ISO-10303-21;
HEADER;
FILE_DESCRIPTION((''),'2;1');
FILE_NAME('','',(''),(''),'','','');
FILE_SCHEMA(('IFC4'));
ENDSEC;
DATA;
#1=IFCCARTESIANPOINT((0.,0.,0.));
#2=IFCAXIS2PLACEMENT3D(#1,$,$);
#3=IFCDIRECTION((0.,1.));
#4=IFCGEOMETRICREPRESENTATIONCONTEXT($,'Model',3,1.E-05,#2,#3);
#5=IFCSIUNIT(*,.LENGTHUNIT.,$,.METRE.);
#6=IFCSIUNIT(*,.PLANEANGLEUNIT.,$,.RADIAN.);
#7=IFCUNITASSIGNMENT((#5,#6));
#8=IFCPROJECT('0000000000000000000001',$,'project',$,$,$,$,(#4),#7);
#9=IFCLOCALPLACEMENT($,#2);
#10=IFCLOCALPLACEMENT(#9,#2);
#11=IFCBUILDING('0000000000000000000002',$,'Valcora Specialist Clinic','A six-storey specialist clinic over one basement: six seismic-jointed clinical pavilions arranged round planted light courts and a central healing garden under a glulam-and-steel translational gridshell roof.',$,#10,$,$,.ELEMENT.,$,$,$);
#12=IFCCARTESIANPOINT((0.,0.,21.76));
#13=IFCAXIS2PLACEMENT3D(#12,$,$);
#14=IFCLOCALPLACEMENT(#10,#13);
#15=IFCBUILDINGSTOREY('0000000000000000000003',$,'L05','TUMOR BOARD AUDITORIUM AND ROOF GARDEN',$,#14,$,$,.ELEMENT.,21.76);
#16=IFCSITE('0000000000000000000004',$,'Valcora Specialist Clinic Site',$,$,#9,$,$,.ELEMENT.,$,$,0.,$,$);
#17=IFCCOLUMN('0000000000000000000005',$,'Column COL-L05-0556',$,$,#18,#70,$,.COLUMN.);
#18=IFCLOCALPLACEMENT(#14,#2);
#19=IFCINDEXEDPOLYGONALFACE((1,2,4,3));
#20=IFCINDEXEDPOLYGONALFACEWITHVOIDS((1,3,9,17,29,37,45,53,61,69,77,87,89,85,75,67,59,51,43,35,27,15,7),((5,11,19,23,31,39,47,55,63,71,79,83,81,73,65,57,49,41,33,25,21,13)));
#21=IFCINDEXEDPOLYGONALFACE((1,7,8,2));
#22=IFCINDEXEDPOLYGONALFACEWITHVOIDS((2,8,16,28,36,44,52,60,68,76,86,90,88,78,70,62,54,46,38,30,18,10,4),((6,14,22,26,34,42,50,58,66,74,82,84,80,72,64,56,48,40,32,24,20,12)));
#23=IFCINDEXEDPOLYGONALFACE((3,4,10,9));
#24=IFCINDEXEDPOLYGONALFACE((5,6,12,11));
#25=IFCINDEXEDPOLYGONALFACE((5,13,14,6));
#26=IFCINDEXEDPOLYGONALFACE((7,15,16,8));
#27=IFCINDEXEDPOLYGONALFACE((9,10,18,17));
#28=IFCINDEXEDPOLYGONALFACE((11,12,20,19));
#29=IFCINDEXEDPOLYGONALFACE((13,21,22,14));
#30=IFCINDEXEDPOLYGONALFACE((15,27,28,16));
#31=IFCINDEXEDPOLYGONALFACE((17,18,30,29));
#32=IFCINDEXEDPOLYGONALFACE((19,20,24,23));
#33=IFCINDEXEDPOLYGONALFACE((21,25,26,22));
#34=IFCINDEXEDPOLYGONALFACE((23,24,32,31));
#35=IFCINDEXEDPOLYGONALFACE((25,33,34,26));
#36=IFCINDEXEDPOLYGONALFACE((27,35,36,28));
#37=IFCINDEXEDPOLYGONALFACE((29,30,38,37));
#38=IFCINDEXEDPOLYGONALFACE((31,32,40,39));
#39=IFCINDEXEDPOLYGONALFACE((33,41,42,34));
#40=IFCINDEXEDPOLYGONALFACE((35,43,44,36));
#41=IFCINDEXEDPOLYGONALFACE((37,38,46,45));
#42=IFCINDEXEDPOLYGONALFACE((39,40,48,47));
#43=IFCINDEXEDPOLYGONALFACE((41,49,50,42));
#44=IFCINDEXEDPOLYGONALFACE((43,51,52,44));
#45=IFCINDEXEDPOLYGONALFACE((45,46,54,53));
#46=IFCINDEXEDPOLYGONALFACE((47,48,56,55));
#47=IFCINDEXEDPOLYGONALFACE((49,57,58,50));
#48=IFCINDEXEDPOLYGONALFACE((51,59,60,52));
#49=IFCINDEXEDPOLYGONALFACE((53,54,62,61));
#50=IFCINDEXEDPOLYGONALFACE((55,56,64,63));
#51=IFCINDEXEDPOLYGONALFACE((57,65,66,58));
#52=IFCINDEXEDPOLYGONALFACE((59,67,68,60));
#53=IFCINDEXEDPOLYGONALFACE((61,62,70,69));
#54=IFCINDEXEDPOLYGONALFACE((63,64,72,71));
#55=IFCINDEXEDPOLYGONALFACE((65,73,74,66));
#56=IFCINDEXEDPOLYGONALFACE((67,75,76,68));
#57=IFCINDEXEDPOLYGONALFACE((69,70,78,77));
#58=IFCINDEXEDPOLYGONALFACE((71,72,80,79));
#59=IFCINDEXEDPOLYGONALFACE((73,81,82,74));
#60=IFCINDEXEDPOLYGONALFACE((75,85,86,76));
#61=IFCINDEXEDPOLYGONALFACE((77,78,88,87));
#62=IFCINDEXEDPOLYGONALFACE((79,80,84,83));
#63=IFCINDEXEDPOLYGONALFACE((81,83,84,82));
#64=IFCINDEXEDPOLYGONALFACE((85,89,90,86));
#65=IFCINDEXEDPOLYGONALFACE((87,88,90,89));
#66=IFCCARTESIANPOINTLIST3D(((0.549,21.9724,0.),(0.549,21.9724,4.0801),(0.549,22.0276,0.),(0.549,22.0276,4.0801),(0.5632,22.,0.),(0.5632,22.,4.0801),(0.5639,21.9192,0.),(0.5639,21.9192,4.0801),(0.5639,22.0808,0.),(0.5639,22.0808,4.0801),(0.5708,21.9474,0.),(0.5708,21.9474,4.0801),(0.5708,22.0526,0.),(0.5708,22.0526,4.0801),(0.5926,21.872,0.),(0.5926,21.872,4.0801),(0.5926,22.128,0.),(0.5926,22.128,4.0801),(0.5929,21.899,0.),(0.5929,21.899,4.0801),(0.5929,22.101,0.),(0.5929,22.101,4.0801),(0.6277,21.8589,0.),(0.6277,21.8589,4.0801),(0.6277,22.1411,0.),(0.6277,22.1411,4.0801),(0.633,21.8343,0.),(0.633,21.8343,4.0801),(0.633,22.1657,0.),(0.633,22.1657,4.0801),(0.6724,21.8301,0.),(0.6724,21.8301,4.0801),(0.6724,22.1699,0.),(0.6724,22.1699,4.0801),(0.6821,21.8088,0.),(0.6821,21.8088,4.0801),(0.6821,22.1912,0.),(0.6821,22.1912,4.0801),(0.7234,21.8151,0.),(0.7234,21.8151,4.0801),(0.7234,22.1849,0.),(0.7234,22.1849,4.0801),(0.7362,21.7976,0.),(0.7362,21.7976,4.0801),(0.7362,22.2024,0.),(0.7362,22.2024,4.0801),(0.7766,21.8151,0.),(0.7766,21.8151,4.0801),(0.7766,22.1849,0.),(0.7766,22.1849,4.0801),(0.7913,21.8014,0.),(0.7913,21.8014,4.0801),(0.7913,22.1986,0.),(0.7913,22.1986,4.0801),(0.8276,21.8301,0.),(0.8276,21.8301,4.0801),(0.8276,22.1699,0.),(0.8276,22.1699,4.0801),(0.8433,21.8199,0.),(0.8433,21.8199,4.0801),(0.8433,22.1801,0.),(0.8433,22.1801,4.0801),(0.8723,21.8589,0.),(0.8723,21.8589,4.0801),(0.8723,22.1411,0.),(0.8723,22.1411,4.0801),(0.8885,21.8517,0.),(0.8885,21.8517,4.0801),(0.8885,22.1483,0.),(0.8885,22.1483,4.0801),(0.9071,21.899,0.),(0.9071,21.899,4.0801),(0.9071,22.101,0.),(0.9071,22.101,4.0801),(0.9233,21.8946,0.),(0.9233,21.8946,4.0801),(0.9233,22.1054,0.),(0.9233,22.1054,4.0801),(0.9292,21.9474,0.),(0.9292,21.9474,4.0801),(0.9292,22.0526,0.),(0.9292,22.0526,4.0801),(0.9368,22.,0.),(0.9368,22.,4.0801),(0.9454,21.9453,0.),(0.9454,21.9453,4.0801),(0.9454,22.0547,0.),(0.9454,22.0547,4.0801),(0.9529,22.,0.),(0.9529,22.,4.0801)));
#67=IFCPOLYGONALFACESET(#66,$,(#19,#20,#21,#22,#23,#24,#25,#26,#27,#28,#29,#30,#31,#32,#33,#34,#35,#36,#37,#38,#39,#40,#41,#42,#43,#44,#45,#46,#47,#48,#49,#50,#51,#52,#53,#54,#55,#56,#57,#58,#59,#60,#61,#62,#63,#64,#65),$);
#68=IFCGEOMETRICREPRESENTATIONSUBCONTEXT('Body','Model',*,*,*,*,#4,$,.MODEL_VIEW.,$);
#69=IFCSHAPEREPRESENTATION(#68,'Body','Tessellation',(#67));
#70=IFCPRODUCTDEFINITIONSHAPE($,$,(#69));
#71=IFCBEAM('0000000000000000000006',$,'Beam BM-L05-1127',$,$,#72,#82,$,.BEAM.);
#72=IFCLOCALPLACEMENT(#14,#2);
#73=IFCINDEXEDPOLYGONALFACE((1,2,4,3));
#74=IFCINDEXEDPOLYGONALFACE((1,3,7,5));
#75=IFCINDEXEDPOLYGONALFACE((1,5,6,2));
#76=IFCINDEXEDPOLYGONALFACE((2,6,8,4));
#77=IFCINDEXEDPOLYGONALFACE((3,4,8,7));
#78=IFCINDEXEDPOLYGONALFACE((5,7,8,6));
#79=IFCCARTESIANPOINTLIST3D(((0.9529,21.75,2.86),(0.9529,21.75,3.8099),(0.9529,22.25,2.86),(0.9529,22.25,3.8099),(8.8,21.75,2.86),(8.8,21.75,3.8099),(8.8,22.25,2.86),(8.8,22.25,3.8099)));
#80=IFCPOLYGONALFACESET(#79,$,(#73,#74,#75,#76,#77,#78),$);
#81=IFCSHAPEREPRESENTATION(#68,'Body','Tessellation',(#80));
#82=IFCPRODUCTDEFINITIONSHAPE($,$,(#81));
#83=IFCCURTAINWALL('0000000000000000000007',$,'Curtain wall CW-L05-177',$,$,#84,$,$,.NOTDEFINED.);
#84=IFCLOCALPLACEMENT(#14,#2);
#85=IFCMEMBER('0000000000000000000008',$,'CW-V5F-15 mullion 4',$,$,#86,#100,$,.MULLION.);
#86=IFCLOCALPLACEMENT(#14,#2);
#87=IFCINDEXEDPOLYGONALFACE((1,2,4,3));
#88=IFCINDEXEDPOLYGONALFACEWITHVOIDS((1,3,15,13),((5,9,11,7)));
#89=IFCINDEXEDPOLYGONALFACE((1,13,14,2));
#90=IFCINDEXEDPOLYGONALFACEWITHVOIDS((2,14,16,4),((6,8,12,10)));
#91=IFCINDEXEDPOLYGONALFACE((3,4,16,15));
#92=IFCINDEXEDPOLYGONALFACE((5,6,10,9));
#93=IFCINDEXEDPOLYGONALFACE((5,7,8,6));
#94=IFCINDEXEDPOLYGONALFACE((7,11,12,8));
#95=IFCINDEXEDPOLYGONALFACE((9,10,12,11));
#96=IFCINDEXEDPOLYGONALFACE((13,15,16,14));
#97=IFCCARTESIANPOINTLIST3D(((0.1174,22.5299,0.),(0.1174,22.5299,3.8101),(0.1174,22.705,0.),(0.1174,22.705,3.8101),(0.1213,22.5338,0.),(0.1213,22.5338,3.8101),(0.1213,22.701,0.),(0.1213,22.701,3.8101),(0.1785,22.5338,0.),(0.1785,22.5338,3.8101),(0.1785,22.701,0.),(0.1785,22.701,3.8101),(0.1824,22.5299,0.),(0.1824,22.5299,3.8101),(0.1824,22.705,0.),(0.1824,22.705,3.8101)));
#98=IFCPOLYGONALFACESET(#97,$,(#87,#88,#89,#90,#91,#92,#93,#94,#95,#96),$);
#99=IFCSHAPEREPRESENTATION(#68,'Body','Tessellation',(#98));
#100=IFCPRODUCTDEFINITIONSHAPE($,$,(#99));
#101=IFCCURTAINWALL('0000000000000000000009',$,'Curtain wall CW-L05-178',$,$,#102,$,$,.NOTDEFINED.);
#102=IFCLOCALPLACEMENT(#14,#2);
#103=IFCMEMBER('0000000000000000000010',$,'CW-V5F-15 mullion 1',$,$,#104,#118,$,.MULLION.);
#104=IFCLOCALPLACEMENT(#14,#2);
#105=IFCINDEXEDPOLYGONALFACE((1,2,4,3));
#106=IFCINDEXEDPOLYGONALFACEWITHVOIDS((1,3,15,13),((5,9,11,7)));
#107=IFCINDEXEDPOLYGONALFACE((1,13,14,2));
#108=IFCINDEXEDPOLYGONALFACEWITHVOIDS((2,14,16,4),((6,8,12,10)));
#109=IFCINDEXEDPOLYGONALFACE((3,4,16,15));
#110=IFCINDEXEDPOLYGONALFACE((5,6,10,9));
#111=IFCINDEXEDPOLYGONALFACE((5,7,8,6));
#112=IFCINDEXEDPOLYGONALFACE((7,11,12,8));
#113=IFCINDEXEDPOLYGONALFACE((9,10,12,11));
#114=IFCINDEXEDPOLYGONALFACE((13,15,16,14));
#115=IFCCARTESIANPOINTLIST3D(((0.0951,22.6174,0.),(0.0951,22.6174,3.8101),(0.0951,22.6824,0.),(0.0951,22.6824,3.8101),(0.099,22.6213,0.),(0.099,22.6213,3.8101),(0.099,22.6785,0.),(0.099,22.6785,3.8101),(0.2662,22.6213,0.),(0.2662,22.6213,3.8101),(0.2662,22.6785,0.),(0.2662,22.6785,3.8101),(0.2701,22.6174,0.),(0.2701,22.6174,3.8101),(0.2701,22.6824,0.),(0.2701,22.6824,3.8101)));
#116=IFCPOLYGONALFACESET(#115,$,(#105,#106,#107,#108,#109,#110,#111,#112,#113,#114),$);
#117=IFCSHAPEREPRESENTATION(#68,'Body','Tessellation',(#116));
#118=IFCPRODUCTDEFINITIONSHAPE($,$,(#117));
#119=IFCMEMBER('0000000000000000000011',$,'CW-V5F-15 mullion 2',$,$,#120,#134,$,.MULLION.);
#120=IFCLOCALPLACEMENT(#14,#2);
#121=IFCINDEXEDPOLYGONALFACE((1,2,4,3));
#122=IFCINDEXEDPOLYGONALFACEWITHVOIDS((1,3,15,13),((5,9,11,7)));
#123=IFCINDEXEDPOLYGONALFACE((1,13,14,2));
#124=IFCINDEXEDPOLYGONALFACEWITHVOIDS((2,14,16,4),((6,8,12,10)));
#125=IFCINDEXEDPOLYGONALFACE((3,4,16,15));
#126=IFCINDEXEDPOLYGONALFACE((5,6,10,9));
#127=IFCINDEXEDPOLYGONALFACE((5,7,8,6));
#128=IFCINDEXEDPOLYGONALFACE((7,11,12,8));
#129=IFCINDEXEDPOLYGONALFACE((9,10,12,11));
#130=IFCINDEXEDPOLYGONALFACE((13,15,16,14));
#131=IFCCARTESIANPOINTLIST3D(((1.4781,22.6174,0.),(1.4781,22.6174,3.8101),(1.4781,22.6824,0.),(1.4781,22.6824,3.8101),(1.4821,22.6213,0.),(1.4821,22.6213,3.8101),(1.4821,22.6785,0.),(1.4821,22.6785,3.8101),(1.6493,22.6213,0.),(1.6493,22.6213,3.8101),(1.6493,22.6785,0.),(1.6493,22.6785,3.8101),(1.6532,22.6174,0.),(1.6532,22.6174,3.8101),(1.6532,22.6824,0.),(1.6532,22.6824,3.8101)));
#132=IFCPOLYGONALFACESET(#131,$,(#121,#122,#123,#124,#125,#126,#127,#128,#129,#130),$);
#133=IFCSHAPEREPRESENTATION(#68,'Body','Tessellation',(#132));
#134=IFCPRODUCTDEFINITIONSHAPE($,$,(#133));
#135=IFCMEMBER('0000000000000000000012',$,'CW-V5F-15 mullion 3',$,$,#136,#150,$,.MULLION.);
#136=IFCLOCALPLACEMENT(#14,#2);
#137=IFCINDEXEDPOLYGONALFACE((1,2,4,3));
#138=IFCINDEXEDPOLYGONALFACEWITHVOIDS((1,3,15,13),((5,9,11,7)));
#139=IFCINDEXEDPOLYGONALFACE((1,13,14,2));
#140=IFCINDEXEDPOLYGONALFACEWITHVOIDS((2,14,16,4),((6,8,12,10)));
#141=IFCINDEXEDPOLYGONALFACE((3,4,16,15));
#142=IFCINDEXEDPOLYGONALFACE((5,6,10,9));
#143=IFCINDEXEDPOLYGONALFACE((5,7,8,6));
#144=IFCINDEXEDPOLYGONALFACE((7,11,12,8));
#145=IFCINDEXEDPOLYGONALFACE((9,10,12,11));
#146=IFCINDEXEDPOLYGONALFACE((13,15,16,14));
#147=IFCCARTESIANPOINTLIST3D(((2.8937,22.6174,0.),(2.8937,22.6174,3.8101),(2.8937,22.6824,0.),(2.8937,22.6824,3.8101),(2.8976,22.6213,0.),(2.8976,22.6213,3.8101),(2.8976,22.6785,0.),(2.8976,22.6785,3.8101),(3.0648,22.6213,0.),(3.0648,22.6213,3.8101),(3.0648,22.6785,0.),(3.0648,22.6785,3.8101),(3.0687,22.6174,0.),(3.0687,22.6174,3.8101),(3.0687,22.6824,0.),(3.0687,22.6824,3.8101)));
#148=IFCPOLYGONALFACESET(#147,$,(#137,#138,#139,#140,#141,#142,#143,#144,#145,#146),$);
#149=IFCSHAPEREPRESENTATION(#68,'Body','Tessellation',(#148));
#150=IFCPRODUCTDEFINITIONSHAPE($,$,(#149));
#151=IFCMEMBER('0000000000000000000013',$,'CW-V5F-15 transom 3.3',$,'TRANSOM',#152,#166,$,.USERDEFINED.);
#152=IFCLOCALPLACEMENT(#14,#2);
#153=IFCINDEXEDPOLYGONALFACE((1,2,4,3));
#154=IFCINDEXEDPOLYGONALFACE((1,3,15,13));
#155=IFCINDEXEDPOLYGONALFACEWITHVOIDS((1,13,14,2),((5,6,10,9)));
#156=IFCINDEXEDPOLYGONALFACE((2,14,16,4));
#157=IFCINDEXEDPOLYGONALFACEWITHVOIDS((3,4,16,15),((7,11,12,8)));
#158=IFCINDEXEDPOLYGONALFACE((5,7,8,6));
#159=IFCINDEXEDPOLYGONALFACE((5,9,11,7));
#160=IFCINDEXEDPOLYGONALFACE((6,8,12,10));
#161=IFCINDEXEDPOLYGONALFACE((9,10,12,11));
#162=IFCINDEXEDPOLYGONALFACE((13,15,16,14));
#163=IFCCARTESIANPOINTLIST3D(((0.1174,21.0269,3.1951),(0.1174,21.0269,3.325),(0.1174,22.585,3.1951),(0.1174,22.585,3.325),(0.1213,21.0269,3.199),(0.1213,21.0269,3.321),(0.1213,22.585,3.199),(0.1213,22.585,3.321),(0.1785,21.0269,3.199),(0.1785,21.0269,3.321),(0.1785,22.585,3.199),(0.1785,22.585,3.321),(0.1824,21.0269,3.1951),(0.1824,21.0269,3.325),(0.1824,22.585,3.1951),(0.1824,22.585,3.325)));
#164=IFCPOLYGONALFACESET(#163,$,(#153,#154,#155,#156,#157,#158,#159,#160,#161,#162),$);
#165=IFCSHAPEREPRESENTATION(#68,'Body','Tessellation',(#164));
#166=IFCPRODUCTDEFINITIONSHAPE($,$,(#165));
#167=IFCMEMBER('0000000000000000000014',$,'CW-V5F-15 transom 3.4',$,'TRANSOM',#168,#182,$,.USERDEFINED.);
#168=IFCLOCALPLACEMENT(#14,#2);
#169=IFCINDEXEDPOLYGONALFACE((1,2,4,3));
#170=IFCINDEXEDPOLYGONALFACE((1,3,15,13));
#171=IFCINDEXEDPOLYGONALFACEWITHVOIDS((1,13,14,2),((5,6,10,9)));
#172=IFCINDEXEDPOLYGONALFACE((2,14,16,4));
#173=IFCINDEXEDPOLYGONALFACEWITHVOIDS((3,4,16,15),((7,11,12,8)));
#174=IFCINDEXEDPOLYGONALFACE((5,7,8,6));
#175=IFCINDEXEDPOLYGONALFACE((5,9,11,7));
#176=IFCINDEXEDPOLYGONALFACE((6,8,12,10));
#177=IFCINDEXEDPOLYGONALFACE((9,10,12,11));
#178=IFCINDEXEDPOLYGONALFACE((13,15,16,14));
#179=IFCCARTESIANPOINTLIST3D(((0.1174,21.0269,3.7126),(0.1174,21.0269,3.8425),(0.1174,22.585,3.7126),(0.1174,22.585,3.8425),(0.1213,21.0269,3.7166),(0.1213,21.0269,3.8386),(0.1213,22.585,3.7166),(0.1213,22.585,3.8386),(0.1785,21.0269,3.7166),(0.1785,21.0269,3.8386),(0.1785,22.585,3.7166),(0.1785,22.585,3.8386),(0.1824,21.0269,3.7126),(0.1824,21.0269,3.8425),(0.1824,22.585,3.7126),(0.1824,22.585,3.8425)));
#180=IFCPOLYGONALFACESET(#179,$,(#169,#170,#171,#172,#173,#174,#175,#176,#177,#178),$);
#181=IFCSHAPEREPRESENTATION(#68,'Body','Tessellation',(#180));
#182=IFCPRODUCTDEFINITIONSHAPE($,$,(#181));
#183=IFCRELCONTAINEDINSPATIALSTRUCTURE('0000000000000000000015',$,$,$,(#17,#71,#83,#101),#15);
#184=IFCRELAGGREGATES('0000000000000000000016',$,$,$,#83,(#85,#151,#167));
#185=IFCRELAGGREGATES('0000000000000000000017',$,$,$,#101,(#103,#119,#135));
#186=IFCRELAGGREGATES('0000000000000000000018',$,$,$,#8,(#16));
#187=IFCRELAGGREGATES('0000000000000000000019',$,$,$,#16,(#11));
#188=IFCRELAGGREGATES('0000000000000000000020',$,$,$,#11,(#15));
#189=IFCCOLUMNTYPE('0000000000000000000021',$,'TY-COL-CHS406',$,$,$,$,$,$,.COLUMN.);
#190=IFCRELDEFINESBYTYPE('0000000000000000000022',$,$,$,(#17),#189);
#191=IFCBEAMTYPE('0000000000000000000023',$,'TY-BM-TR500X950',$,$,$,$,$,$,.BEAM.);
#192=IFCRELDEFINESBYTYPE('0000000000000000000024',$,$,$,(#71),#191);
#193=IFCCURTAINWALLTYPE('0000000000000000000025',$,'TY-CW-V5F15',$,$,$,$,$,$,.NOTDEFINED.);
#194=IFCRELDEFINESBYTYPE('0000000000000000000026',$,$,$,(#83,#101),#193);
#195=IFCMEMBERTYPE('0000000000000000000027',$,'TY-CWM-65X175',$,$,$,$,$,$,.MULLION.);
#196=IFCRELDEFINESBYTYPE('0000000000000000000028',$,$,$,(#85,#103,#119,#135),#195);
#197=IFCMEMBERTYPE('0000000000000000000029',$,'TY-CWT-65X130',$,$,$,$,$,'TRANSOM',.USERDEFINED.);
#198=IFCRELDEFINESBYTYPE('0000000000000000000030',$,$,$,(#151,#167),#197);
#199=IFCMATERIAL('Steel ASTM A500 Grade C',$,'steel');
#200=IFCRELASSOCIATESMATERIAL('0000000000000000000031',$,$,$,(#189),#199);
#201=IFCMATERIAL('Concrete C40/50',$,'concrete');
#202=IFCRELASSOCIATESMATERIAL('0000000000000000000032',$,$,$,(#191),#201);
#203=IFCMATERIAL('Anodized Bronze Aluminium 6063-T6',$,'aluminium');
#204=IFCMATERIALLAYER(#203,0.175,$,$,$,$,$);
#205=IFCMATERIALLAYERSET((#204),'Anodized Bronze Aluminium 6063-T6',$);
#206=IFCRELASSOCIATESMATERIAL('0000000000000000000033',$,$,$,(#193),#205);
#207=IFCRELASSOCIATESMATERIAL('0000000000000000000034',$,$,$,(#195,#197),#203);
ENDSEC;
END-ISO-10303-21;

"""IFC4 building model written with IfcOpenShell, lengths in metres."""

from ifc_helpers import new_model, si_unit, direction, frame, origin, origin_2d, place, context, subcontext, project, spatial, rectangle, hollow_rectangle, hollow_circle, extrude, material, layer, layer_set, material_profile, profile_set, type_object, element, aggregate, save


model = new_model("IFC4")

# Units and contexts
model_context = context("Model", 3, precision=1e-05, world=origin(), true_north=direction((0.0, 1.0)))
body_context = subcontext(model_context, "Body", "Model", "MODEL_VIEW")
ifc_project = project(units=[si_unit("LENGTHUNIT", "METRE"), si_unit("PLANEANGLEUNIT", "RADIAN")], contexts=[model_context])

# Site, building, storey
site_placement = place(None, origin())
site = spatial("IfcSite", under=ifc_project, at=site_placement, Name="Valcora Specialist Clinic Site", CompositionType="ELEMENT", RefElevation=0.0)
building_placement = place(site_placement, origin())
building = spatial("IfcBuilding", under=site, at=building_placement, Name="Valcora Specialist Clinic", Description="A six-storey specialist clinic over one basement: six seismic-jointed clinical pavilions arranged round planted light courts and a central healing garden under a glulam-and-steel translational gridshell roof.", CompositionType="ELEMENT")
storey_placement = place(building_placement, frame((0.0, 0.0, 21.76)))
storey = spatial("IfcBuildingStorey", under=building, at=storey_placement, Name="L05", Description="TUMOR BOARD AUDITORIUM AND ROOF GARDEN", CompositionType="ELEMENT", Elevation=21.76)

# Column
ifc_material_1 = material(Name="Steel ASTM A500 Grade C", Category="steel")
ifc_material_profile_1 = material_profile(ifc_material_1, hollow_circle(Radius=0.2029, WallThickness=0.0161, at=origin_2d()), Name="ST-CHS-406X16")
ifc_profile_set_1 = profile_set([ifc_material_profile_1], Name="Steel ASTM A500 Grade C")
column_type = type_object("IfcColumnType", Name="TY-COL-CHS406", PredefinedType="COLUMN", material=ifc_profile_set_1)
column_placement = place(storey_placement, frame((0.75, 22.0, 0.0), z_axis=(0.0, 0.0, 1.0), x_axis=(1.0, 0.0, 0.0)))
element("IfcColumn", 1, at=column_placement, inside=storey, type_object=column_type, Name="Column COL-L05-0556", PredefinedType="COLUMN", context=body_context, shape_type="SweptSolid", body=[
    extrude(hollow_circle(Radius=0.2029, WallThickness=0.0161, at=origin_2d()), origin(), (0.0, 0.0, 1.0), 4.0801),
])

# Beam
ifc_material_2 = material(Name="Concrete C40/50", Category="concrete")
ifc_material_profile_2 = material_profile(ifc_material_2, rectangle(XDim=0.5, YDim=0.95, at=origin_2d()), Name="RC-BM-500X950")
ifc_profile_set_2 = profile_set([ifc_material_profile_2], Name="Concrete C40/50")
beam_type = type_object("IfcBeamType", Name="TY-BM-TR500X950", PredefinedType="BEAM", material=ifc_profile_set_2)
beam_placement = place(storey_placement, frame((0.9529, 22.0, 3.335), z_axis=(1.0, 0.0, 0.0), x_axis=(0.0, 1.0, 0.0)))
element("IfcBeam", 2, at=beam_placement, inside=storey, type_object=beam_type, Name="Beam BM-L05-1127", PredefinedType="BEAM", context=body_context, shape_type="SweptSolid", body=[
    extrude(rectangle(XDim=0.5, YDim=0.95, at=origin_2d()), origin(), (0.0, 0.0, 1.0), 7.8472),
])

# Curtain wall, member
ifc_material_3 = material(Name="Anodized Bronze Aluminium 6063-T6", Category="aluminium")
ifc_layer_1 = layer(ifc_material_3, 0.175)
ifc_layer_set_1 = layer_set([ifc_layer_1], Name="Anodized Bronze Aluminium 6063-T6")
curtain_wall_type = type_object("IfcCurtainWallType", Name="TY-CW-V5F15", PredefinedType="NOTDEFINED", material=ifc_layer_set_1)
curtain_wall_1_placement = place(storey_placement, origin())
curtain_wall_1 = element("IfcCurtainWall", 3, at=curtain_wall_1_placement, inside=storey, type_object=curtain_wall_type, Name="Curtain wall CW-L05-177", PredefinedType="NOTDEFINED")
ifc_material_profile_3 = material_profile(ifc_material_3, hollow_rectangle(XDim=0.0649, YDim=0.175, WallThickness=0.0039, at=origin_2d()), Name="AL-MUL-65X175")
ifc_profile_set_3 = profile_set([ifc_material_profile_3], Name="Anodized Bronze Aluminium 6063-T6")
member_type_1 = type_object("IfcMemberType", Name="TY-CWM-65X175", PredefinedType="MULLION", material=ifc_profile_set_3)
member_1_placement = place(storey_placement, frame((0.1499, 22.6174, 0.0), z_axis=(0.0, 0.0, 1.0), x_axis=(-1.0, 0.0, 0.0)))
member_1 = element("IfcMember", 4, at=member_1_placement, type_object=member_type_1, Name="CW-V5F-15 mullion 4", PredefinedType="MULLION", context=body_context, shape_type="SweptSolid", body=[
    extrude(hollow_rectangle(XDim=0.0649, YDim=0.175, WallThickness=0.0039, at=origin_2d()), origin(), (0.0, 0.0, 1.0), 3.8101),
])

# Curtain wall, members
curtain_wall_2_placement = place(storey_placement, origin())
curtain_wall_2 = element("IfcCurtainWall", 5, at=curtain_wall_2_placement, inside=storey, type_object=curtain_wall_type, Name="Curtain wall CW-L05-178", PredefinedType="NOTDEFINED")
member_2_placement = place(storey_placement, frame((0.1826, 22.6499, 0.0), z_axis=(0.0, 0.0, 1.0), x_axis=(0.0, 1.0, 0.0)))
member_2 = element("IfcMember", 6, at=member_2_placement, type_object=member_type_1, Name="CW-V5F-15 mullion 1", PredefinedType="MULLION", context=body_context, shape_type="SweptSolid", body=[
    extrude(hollow_rectangle(XDim=0.0649, YDim=0.175, WallThickness=0.0039, at=origin_2d()), origin(), (0.0, 0.0, 1.0), 3.8101),
])
member_3_placement = place(storey_placement, frame((1.5657, 22.6499, 0.0), z_axis=(0.0, 0.0, 1.0), x_axis=(0.0, 1.0, 0.0)))
member_3 = element("IfcMember", 7, at=member_3_placement, type_object=member_type_1, Name="CW-V5F-15 mullion 2", PredefinedType="MULLION", context=body_context, shape_type="SweptSolid", body=[
    extrude(hollow_rectangle(XDim=0.0649, YDim=0.175, WallThickness=0.0039, at=origin_2d()), origin(), (0.0, 0.0, 1.0), 3.8101),
])
member_4_placement = place(storey_placement, frame((2.9812, 22.6499, 0.0), z_axis=(0.0, 0.0, 1.0), x_axis=(0.0, 1.0, 0.0)))
member_4 = element("IfcMember", 8, at=member_4_placement, type_object=member_type_1, Name="CW-V5F-15 mullion 3", PredefinedType="MULLION", context=body_context, shape_type="SweptSolid", body=[
    extrude(hollow_rectangle(XDim=0.0649, YDim=0.175, WallThickness=0.0039, at=origin_2d()), origin(), (0.0, 0.0, 1.0), 3.8101),
])

# Members
ifc_material_profile_4 = material_profile(ifc_material_3, hollow_rectangle(XDim=0.0649, YDim=0.1299, WallThickness=0.0039, at=origin_2d()), Name="AL-TRN-65X130")
ifc_profile_set_4 = profile_set([ifc_material_profile_4], Name="Anodized Bronze Aluminium 6063-T6")
member_type_2 = type_object("IfcMemberType", Name="TY-CWT-65X130", ElementType="TRANSOM", PredefinedType="USERDEFINED", material=ifc_profile_set_4)
member_5_placement = place(storey_placement, frame((0.1499, 21.0269, 3.26), z_axis=(0.0, 1.0, 0.0), x_axis=(-1.0, 0.0, 0.0)))
member_5 = element("IfcMember", 9, at=member_5_placement, type_object=member_type_2, Name="CW-V5F-15 transom 3.3", ObjectType="TRANSOM", PredefinedType="USERDEFINED", context=body_context, shape_type="SweptSolid", body=[
    extrude(hollow_rectangle(XDim=0.0649, YDim=0.1299, WallThickness=0.0039, at=origin_2d()), origin(), (0.0, 0.0, 1.0), 1.5581),
])
member_6_placement = place(storey_placement, frame((0.1499, 21.0269, 3.7776), z_axis=(0.0, 1.0, 0.0), x_axis=(-1.0, 0.0, 0.0)))
member_6 = element("IfcMember", 10, at=member_6_placement, type_object=member_type_2, Name="CW-V5F-15 transom 3.4", ObjectType="TRANSOM", PredefinedType="USERDEFINED", context=body_context, shape_type="SweptSolid", body=[
    extrude(hollow_rectangle(XDim=0.0649, YDim=0.1299, WallThickness=0.0039, at=origin_2d()), origin(), (0.0, 0.0, 1.0), 1.5581),
])

aggregate(curtain_wall_1, [member_1, member_5, member_6])
aggregate(curtain_wall_2, [member_2, member_3, member_4])

save(model, "model.ifc")
